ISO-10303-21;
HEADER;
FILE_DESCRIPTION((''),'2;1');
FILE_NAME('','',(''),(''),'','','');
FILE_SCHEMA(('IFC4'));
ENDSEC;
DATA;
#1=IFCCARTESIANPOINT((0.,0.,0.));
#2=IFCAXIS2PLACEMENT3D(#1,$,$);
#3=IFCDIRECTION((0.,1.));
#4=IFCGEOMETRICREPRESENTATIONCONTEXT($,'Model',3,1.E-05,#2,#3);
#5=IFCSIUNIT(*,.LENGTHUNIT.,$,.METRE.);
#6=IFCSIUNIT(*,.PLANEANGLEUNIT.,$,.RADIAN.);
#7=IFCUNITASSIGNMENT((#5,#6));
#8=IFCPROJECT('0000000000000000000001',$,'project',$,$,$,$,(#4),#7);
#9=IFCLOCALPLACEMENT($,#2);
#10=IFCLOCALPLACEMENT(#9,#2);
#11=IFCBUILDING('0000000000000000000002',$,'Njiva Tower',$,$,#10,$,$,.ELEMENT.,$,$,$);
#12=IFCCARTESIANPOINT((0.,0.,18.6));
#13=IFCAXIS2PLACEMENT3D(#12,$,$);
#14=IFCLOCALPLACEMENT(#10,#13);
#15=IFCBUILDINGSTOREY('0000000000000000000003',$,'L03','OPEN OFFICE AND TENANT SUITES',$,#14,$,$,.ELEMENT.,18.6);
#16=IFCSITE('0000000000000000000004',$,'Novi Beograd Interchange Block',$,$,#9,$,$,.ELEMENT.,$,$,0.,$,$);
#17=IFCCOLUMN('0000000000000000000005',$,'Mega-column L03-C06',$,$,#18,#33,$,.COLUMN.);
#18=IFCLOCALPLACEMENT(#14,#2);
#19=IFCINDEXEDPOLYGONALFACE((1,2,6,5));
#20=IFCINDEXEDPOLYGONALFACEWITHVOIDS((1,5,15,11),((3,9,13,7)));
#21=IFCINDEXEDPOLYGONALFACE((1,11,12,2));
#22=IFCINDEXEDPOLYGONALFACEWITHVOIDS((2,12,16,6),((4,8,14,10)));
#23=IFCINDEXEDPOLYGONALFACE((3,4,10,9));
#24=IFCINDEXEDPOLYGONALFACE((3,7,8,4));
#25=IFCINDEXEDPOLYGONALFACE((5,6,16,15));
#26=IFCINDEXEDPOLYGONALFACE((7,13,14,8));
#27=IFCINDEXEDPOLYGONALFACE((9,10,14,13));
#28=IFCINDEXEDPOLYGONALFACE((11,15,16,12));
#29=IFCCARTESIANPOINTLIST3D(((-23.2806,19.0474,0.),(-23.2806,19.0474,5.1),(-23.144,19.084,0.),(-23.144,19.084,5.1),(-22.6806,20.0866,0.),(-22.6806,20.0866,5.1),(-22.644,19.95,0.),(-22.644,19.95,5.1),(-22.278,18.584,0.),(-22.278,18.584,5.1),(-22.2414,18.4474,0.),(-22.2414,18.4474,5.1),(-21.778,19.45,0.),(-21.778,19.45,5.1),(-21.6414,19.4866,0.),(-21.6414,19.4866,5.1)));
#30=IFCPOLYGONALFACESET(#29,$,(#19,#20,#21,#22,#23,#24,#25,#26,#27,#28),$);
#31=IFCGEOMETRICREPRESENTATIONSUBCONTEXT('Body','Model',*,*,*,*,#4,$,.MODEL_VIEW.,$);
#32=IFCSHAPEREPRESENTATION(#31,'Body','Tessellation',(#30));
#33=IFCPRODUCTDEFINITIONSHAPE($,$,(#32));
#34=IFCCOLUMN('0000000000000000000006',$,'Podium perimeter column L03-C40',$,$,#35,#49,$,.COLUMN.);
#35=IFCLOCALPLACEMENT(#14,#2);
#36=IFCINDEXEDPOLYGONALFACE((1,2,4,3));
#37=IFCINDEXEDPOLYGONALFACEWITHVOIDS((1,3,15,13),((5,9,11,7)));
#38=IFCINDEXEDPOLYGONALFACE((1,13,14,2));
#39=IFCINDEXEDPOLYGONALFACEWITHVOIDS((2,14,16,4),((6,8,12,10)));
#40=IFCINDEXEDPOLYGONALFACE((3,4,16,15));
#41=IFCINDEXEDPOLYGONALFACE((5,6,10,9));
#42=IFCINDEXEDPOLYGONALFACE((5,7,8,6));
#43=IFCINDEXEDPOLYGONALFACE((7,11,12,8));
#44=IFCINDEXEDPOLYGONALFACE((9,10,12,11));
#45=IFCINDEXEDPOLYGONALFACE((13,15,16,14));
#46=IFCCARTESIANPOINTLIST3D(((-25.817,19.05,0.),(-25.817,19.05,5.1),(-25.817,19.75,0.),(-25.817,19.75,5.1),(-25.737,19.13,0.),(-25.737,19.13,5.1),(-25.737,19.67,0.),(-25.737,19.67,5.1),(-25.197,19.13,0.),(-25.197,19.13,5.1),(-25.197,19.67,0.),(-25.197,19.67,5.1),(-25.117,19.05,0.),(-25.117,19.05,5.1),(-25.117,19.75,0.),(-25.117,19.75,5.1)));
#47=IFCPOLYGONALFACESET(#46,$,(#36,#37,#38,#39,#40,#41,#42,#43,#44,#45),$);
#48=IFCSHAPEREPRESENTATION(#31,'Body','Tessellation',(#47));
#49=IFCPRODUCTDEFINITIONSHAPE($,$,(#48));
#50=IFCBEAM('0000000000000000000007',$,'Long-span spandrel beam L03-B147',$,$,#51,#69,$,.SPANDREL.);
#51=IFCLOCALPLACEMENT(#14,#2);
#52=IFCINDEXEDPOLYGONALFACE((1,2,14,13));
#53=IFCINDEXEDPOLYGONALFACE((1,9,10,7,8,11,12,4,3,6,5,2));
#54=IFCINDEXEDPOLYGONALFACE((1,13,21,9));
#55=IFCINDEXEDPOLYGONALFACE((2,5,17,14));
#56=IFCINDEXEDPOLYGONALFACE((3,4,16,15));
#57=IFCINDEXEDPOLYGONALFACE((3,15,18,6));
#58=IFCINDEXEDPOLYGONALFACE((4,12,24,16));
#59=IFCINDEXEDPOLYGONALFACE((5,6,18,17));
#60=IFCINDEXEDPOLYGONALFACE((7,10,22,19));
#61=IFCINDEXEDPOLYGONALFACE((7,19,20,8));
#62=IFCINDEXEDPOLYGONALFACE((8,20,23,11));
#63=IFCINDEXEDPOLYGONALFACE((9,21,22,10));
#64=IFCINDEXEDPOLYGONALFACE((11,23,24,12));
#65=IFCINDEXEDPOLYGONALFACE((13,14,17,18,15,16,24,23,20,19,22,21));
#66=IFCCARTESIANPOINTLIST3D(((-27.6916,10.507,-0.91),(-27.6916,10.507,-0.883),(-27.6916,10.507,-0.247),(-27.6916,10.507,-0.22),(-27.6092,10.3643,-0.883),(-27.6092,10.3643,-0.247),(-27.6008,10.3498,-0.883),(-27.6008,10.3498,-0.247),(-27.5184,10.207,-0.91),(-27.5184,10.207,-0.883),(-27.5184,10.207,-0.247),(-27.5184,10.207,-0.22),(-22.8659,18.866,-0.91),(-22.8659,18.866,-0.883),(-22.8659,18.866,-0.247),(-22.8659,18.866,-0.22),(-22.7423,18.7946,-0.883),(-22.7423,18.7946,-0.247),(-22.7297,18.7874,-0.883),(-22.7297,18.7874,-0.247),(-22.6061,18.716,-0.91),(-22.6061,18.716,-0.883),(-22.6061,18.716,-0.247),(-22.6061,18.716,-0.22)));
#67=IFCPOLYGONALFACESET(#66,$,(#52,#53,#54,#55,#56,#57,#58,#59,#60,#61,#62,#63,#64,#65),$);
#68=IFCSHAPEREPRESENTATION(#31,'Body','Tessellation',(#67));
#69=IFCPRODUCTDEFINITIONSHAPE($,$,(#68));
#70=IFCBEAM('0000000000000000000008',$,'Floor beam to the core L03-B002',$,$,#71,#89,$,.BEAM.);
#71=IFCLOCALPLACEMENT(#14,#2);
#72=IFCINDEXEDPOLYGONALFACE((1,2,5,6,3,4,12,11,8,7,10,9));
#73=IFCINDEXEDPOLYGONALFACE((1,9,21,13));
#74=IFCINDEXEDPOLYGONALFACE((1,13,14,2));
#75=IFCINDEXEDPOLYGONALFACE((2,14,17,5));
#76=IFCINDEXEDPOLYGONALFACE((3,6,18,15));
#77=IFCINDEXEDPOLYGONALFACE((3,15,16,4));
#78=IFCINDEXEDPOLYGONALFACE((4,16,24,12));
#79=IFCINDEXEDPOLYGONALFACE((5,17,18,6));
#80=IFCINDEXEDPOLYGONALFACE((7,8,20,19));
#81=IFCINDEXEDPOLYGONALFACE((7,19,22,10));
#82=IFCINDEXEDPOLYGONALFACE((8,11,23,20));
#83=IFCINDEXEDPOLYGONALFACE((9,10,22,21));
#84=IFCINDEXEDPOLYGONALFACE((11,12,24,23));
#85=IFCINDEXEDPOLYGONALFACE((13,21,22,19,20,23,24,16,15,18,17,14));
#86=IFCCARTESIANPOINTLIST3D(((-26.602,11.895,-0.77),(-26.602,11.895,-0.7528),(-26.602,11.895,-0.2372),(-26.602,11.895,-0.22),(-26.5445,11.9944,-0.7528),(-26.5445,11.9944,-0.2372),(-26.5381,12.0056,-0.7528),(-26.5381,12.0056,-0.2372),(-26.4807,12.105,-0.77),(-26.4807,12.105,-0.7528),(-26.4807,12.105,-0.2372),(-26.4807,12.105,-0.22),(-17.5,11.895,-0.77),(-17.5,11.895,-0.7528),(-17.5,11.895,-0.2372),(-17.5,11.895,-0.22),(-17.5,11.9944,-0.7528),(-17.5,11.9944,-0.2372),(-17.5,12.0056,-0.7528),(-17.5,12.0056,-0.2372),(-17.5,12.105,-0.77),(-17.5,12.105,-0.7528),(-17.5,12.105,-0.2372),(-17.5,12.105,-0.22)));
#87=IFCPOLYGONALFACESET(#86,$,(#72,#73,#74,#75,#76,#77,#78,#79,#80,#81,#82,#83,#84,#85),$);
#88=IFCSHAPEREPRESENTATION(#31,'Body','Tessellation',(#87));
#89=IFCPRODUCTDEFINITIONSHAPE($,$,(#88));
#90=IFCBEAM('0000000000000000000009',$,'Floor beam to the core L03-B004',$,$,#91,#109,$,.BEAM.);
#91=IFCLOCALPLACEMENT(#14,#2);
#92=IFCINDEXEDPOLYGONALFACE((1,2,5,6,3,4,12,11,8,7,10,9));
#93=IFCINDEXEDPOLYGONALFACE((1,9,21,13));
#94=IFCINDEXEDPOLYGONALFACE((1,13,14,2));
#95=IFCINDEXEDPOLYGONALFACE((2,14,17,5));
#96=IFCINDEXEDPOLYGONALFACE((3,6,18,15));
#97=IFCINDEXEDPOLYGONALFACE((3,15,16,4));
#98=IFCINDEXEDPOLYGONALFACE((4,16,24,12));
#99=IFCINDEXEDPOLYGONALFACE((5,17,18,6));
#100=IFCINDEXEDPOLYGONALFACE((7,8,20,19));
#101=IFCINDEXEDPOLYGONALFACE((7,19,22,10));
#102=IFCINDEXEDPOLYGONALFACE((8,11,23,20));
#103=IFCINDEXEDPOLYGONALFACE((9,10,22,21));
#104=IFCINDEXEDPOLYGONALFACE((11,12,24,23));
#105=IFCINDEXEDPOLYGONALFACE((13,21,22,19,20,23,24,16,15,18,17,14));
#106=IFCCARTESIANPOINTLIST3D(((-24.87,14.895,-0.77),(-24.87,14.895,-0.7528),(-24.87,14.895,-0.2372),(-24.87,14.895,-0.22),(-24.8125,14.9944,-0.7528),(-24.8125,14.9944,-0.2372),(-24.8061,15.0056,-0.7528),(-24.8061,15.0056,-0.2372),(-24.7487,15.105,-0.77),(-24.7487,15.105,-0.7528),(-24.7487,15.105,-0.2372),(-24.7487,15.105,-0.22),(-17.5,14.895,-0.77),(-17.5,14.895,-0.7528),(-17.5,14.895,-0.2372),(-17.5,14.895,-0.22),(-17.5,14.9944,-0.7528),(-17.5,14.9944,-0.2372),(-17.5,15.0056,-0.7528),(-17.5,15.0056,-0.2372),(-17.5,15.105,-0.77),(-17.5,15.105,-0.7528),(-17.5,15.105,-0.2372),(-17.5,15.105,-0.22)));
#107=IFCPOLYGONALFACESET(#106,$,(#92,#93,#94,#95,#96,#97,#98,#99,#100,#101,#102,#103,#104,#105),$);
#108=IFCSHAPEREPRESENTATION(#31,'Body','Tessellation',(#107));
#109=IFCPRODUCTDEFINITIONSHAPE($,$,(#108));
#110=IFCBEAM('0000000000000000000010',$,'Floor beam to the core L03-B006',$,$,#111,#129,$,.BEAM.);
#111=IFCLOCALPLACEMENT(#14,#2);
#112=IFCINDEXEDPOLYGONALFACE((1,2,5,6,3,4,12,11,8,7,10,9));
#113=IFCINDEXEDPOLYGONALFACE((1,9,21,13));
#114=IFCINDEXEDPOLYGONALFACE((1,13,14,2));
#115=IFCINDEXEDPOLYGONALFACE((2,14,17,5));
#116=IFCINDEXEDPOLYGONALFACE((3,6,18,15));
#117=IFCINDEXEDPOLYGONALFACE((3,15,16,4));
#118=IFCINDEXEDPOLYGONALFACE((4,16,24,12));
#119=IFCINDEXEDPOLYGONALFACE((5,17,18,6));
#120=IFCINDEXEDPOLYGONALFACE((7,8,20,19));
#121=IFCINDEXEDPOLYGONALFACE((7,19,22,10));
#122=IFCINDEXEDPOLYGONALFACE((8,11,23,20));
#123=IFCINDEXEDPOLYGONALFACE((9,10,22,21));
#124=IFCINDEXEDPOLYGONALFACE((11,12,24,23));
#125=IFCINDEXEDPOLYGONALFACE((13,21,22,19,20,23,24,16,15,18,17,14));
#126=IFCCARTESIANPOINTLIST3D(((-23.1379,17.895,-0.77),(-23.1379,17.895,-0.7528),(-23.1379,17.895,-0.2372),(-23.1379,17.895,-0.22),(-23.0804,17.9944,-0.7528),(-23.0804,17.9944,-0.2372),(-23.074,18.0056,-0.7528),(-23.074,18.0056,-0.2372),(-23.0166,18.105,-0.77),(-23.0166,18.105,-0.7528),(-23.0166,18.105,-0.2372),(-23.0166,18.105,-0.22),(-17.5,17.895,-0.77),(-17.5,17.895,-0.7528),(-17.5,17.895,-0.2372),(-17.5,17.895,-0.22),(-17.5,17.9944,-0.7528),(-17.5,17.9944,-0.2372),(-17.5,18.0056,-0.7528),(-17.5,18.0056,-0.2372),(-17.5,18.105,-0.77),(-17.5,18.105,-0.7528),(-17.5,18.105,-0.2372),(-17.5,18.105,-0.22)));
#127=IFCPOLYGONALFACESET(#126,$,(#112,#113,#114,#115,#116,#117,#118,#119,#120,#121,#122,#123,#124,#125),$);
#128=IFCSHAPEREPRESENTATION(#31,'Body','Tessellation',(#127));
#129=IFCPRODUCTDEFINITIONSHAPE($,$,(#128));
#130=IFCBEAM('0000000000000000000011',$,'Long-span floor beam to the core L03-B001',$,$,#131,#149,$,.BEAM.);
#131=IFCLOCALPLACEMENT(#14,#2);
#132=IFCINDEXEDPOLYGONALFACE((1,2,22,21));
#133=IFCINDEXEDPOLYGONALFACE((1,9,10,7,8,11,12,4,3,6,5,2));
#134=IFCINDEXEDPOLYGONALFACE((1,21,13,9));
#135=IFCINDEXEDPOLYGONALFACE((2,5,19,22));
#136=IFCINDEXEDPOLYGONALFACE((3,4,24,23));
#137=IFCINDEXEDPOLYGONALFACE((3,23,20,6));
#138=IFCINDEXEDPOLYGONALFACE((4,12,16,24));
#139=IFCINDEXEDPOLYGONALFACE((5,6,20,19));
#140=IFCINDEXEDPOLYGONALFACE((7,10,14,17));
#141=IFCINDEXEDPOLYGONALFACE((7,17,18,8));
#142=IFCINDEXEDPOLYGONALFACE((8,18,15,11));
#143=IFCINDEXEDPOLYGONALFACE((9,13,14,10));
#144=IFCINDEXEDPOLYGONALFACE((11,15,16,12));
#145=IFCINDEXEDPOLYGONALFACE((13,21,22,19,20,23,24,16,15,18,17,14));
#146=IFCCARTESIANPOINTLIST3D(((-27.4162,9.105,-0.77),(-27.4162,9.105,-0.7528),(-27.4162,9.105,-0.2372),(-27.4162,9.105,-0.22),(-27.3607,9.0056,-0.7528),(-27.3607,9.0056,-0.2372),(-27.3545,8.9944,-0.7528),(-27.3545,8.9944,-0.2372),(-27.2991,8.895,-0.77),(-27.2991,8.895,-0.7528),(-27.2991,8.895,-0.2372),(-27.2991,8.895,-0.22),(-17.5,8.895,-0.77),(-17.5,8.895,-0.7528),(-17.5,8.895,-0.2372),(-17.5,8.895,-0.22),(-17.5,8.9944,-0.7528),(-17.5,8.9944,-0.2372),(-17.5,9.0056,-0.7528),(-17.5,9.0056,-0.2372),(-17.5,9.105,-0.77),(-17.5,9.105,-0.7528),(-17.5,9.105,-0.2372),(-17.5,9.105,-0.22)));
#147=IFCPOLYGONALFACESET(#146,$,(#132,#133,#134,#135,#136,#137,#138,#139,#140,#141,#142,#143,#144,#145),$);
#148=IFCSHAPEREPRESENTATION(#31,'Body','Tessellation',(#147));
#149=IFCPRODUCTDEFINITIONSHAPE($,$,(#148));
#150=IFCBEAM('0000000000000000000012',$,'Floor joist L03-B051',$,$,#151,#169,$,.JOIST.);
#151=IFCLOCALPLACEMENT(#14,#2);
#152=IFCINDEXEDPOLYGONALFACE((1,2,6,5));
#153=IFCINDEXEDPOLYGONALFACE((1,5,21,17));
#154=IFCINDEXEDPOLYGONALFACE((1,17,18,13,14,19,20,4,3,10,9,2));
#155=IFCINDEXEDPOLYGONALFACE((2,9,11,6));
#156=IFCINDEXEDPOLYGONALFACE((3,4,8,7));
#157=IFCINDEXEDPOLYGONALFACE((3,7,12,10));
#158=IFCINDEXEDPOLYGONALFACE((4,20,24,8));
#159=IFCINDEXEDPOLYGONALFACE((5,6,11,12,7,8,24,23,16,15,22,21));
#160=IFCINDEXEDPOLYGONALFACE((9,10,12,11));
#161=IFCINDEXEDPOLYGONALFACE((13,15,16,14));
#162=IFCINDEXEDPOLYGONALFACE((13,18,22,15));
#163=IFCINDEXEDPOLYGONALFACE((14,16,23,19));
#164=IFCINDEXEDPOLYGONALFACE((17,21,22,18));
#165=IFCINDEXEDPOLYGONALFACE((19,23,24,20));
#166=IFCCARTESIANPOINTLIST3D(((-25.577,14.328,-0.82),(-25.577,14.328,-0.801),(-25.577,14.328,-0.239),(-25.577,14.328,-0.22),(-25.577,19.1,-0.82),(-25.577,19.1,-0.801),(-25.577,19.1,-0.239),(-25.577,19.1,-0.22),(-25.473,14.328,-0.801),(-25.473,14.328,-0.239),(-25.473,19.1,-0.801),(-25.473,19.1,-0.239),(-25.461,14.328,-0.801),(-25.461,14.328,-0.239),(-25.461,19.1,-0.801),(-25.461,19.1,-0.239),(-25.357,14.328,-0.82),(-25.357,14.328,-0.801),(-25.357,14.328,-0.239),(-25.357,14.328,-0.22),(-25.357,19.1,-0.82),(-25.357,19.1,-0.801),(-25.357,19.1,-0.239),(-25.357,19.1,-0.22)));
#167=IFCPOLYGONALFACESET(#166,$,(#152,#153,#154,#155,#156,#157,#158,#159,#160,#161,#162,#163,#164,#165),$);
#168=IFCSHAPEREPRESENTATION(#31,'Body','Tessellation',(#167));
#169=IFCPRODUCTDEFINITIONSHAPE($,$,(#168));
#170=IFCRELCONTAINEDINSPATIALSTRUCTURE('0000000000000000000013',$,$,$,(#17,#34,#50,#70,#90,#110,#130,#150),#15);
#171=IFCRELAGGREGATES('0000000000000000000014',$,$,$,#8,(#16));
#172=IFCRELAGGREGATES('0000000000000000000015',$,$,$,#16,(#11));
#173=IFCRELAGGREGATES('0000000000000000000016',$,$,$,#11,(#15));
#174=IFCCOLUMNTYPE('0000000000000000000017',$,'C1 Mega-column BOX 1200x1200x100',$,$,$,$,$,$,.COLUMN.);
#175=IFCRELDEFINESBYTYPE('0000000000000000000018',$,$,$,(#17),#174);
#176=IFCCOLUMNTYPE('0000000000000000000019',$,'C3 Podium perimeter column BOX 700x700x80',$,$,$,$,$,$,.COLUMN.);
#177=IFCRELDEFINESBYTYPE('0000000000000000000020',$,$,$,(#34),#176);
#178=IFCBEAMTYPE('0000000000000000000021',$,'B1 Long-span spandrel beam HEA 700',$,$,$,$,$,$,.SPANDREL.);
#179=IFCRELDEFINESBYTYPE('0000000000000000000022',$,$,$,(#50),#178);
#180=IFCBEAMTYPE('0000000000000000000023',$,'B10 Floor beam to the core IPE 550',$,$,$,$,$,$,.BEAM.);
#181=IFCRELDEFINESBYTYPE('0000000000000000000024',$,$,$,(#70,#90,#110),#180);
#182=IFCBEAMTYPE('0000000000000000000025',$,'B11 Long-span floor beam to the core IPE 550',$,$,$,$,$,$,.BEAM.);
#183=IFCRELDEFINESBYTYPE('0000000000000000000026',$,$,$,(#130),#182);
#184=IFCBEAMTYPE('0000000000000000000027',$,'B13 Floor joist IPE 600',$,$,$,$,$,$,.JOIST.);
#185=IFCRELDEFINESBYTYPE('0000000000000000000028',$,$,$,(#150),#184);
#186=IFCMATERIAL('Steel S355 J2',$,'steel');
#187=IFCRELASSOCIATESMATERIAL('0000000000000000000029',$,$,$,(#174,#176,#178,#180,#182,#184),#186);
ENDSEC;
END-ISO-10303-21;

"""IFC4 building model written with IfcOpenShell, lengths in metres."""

from ifc_helpers import new_model, si_unit, direction, frame, origin, origin_2d, place, context, subcontext, project, spatial, hollow_rectangle, i_section, extrude, clip, halfspace, material, material_profile, profile_set, type_object, element, save


model = new_model("IFC4")

# Units and contexts
model_context = context("Model", 3, precision=1e-05, world=origin(), true_north=direction((0.0, 1.0)))
body_context = subcontext(model_context, "Body", "Model", "MODEL_VIEW")
ifc_project = project(units=[si_unit("LENGTHUNIT", "METRE"), si_unit("PLANEANGLEUNIT", "RADIAN")], contexts=[model_context])

# Site, building, storey
site_placement = place(None, origin())
site = spatial("IfcSite", under=ifc_project, at=site_placement, Name="Novi Beograd Interchange Block", CompositionType="ELEMENT", RefElevation=0.0)
building_placement = place(site_placement, origin())
building = spatial("IfcBuilding", under=site, at=building_placement, Name="Njiva Tower", CompositionType="ELEMENT")
storey_placement = place(building_placement, frame((0.0, 0.0, 18.6)))
storey = spatial("IfcBuildingStorey", under=building, at=storey_placement, Name="L03", Description="OPEN OFFICE AND TENANT SUITES", CompositionType="ELEMENT", Elevation=18.6)

# Columns
ifc_material_1 = material(Name="Steel S355 J2", Category="steel")
ifc_material_profile_1 = material_profile(ifc_material_1, hollow_rectangle(XDim=1.2, YDim=1.2, WallThickness=0.1, at=origin_2d()), Name="BOX 1200x1200x100")
ifc_profile_set_1 = profile_set([ifc_material_profile_1], Name="Steel S355 J2")
column_type_1 = type_object("IfcColumnType", Name="C1 Mega-column BOX 1200x1200x100", PredefinedType="COLUMN", material=ifc_profile_set_1)
column_1_placement = place(storey_placement, frame((-22.461, 19.267, 0.0), z_axis=(0.0, 0.0, 1.0), x_axis=(-0.5, -0.866025, 0.0)))
element("IfcColumn", 1, at=column_1_placement, inside=storey, type_object=column_type_1, Name="Mega-column L03-C06", PredefinedType="COLUMN", context=body_context, shape_type="SweptSolid", body=[
    extrude(hollow_rectangle(XDim=1.2, YDim=1.2, WallThickness=0.1, at=origin_2d()), origin(), (0.0, 0.0, 1.0), 5.1),
])
ifc_material_profile_2 = material_profile(ifc_material_1, hollow_rectangle(XDim=0.7, YDim=0.7, WallThickness=0.08, at=origin_2d()), Name="BOX 700x700x80")
ifc_profile_set_2 = profile_set([ifc_material_profile_2], Name="Steel S355 J2")
column_type_2 = type_object("IfcColumnType", Name="C3 Podium perimeter column BOX 700x700x80", PredefinedType="COLUMN", material=ifc_profile_set_2)
column_2_placement = place(storey_placement, frame((-25.467, 19.4, 0.0), z_axis=(0.0, 0.0, 1.0), x_axis=(-1.0, 0.0, 0.0)))
element("IfcColumn", 2, at=column_2_placement, inside=storey, type_object=column_type_2, Name="Podium perimeter column L03-C40", PredefinedType="COLUMN", context=body_context, shape_type="SweptSolid", body=[
    extrude(hollow_rectangle(XDim=0.7, YDim=0.7, WallThickness=0.08, at=origin_2d()), origin(), (0.0, 0.0, 1.0), 5.1),
])

# Beams
ifc_material_profile_3 = material_profile(ifc_material_1, i_section(OverallWidth=0.3, OverallDepth=0.69, WebThickness=0.0145, FlangeThickness=0.027, at=origin_2d()), Name="HEA 700")
ifc_profile_set_3 = profile_set([ifc_material_profile_3], Name="Steel S355 J2")
beam_type_1 = type_object("IfcBeamType", Name="B1 Long-span spandrel beam HEA 700", PredefinedType="SPANDREL", material=ifc_profile_set_3)
beam_1_placement = place(storey_placement, frame((-22.736, 18.791, -0.565), z_axis=(-0.499971, -0.866042, 0.0), x_axis=(0.866042, -0.499971, 0.0)))
element("IfcBeam", 3, at=beam_1_placement, inside=storey, type_object=beam_type_1, Name="Long-span spandrel beam L03-B147", PredefinedType="SPANDREL", context=body_context, shape_type="Clipping", body=[
    clip(extrude(i_section(OverallWidth=0.3, OverallDepth=0.69, WebThickness=0.0145, FlangeThickness=0.027, at=origin_2d()), origin(), (0.0, 0.0, 1.0), 9.8456), halfspace(frame((-0.0253, 0.0, 9.7239), z_axis=(-0.500031, 0.0, 0.866008), x_axis=(0.0, 1.0, 0.0)), False)),
])
ifc_material_profile_4 = material_profile(ifc_material_1, i_section(OverallWidth=0.21, OverallDepth=0.55, WebThickness=0.0111, FlangeThickness=0.0172, at=origin_2d()), Name="IPE 550")
ifc_profile_set_4 = profile_set([ifc_material_profile_4], Name="Steel S355 J2")
beam_type_2 = type_object("IfcBeamType", Name="B10 Floor beam to the core IPE 550", PredefinedType="BEAM", material=ifc_profile_set_4)
beam_2_placement = place(storey_placement, frame((-26.622, 12.0, -0.495), z_axis=(1.0, 0.0, 0.0), x_axis=(0.0, 1.0, 0.0)))
element("IfcBeam", 4, at=beam_2_placement, inside=storey, type_object=beam_type_2, Name="Floor beam to the core L03-B002", PredefinedType="BEAM", context=body_context, shape_type="Clipping", body=[
    clip(extrude(i_section(OverallWidth=0.21, OverallDepth=0.55, WebThickness=0.0111, FlangeThickness=0.0172, at=origin_2d()), origin(), (0.0, 0.0, 1.0), 9.122), halfspace(frame((0.025, 0.0, 0.0951), z_axis=(0.499998, 0.0, -0.866027), x_axis=(0.0, -1.0, 0.0)), False)),
])
beam_3_placement = place(storey_placement, frame((-24.89, 15.0, -0.495), z_axis=(1.0, 0.0, 0.0), x_axis=(0.0, 1.0, 0.0)))
element("IfcBeam", 5, at=beam_3_placement, inside=storey, type_object=beam_type_2, Name="Floor beam to the core L03-B004", PredefinedType="BEAM", context=body_context, shape_type="Clipping", body=[
    clip(extrude(i_section(OverallWidth=0.21, OverallDepth=0.55, WebThickness=0.0111, FlangeThickness=0.0172, at=origin_2d()), origin(), (0.0, 0.0, 1.0), 7.39), halfspace(frame((0.025, 0.0, 0.0951), z_axis=(0.499998, 0.0, -0.866027), x_axis=(0.0, -1.0, 0.0)), False)),
])
beam_4_placement = place(storey_placement, frame((-23.158, 18.0, -0.495), z_axis=(1.0, 0.0, 0.0), x_axis=(0.0, 1.0, 0.0)))
element("IfcBeam", 6, at=beam_4_placement, inside=storey, type_object=beam_type_2, Name="Floor beam to the core L03-B006", PredefinedType="BEAM", context=body_context, shape_type="Clipping", body=[
    clip(extrude(i_section(OverallWidth=0.21, OverallDepth=0.55, WebThickness=0.0111, FlangeThickness=0.0172, at=origin_2d()), origin(), (0.0, 0.0, 1.0), 5.658), halfspace(frame((0.025, 0.0, 0.0952), z_axis=(0.499998, 0.0, -0.866027), x_axis=(0.0, -1.0, 0.0)), False)),
])
ifc_material_profile_5 = material_profile(ifc_material_1, i_section(OverallWidth=0.21, OverallDepth=0.55, WebThickness=0.0111, FlangeThickness=0.0172, at=origin_2d()), Name="IPE 550")
ifc_profile_set_5 = profile_set([ifc_material_profile_5], Name="Steel S355 J2")
beam_type_3 = type_object("IfcBeamType", Name="B11 Long-span floor beam to the core IPE 550", PredefinedType="BEAM", material=ifc_profile_set_5)
beam_5_placement = place(storey_placement, frame((-27.437, 9.0, -0.495), z_axis=(1.0, 0.0, 0.0), x_axis=(0.0, 1.0, 0.0)))
element("IfcBeam", 7, at=beam_5_placement, inside=storey, type_object=beam_type_3, Name="Long-span floor beam to the core L03-B001", PredefinedType="BEAM", context=body_context, shape_type="Clipping", body=[
    clip(extrude(i_section(OverallWidth=0.21, OverallDepth=0.55, WebThickness=0.0111, FlangeThickness=0.0172, at=origin_2d()), origin(), (0.0, 0.0, 1.0), 9.937), halfspace(frame((-0.0244, 0.0, 0.093), z_axis=(-0.487052, 0.0, -0.873373), x_axis=(0.0, -1.0, 0.0)), False)),
])
ifc_material_profile_6 = material_profile(ifc_material_1, i_section(OverallWidth=0.22, OverallDepth=0.6, WebThickness=0.012, FlangeThickness=0.019, at=origin_2d()), Name="IPE 600")
ifc_profile_set_6 = profile_set([ifc_material_profile_6], Name="Steel S355 J2")
beam_type_4 = type_object("IfcBeamType", Name="B13 Floor joist IPE 600", PredefinedType="JOIST", material=ifc_profile_set_6)
beam_6_placement = place(storey_placement, frame((-25.467, 19.1, -0.52), z_axis=(0.0, -1.0, 0.0), x_axis=(1.0, 0.0, 0.0)))
element("IfcBeam", 8, at=beam_6_placement, inside=storey, type_object=beam_type_4, Name="Floor joist L03-B051", PredefinedType="JOIST", context=body_context, shape_type="SweptSolid", body=[
    extrude(i_section(OverallWidth=0.22, OverallDepth=0.6, WebThickness=0.012, FlangeThickness=0.019, at=origin_2d()), origin(), (0.0, 0.0, 1.0), 4.772),
])

save(model, "model.ifc")
